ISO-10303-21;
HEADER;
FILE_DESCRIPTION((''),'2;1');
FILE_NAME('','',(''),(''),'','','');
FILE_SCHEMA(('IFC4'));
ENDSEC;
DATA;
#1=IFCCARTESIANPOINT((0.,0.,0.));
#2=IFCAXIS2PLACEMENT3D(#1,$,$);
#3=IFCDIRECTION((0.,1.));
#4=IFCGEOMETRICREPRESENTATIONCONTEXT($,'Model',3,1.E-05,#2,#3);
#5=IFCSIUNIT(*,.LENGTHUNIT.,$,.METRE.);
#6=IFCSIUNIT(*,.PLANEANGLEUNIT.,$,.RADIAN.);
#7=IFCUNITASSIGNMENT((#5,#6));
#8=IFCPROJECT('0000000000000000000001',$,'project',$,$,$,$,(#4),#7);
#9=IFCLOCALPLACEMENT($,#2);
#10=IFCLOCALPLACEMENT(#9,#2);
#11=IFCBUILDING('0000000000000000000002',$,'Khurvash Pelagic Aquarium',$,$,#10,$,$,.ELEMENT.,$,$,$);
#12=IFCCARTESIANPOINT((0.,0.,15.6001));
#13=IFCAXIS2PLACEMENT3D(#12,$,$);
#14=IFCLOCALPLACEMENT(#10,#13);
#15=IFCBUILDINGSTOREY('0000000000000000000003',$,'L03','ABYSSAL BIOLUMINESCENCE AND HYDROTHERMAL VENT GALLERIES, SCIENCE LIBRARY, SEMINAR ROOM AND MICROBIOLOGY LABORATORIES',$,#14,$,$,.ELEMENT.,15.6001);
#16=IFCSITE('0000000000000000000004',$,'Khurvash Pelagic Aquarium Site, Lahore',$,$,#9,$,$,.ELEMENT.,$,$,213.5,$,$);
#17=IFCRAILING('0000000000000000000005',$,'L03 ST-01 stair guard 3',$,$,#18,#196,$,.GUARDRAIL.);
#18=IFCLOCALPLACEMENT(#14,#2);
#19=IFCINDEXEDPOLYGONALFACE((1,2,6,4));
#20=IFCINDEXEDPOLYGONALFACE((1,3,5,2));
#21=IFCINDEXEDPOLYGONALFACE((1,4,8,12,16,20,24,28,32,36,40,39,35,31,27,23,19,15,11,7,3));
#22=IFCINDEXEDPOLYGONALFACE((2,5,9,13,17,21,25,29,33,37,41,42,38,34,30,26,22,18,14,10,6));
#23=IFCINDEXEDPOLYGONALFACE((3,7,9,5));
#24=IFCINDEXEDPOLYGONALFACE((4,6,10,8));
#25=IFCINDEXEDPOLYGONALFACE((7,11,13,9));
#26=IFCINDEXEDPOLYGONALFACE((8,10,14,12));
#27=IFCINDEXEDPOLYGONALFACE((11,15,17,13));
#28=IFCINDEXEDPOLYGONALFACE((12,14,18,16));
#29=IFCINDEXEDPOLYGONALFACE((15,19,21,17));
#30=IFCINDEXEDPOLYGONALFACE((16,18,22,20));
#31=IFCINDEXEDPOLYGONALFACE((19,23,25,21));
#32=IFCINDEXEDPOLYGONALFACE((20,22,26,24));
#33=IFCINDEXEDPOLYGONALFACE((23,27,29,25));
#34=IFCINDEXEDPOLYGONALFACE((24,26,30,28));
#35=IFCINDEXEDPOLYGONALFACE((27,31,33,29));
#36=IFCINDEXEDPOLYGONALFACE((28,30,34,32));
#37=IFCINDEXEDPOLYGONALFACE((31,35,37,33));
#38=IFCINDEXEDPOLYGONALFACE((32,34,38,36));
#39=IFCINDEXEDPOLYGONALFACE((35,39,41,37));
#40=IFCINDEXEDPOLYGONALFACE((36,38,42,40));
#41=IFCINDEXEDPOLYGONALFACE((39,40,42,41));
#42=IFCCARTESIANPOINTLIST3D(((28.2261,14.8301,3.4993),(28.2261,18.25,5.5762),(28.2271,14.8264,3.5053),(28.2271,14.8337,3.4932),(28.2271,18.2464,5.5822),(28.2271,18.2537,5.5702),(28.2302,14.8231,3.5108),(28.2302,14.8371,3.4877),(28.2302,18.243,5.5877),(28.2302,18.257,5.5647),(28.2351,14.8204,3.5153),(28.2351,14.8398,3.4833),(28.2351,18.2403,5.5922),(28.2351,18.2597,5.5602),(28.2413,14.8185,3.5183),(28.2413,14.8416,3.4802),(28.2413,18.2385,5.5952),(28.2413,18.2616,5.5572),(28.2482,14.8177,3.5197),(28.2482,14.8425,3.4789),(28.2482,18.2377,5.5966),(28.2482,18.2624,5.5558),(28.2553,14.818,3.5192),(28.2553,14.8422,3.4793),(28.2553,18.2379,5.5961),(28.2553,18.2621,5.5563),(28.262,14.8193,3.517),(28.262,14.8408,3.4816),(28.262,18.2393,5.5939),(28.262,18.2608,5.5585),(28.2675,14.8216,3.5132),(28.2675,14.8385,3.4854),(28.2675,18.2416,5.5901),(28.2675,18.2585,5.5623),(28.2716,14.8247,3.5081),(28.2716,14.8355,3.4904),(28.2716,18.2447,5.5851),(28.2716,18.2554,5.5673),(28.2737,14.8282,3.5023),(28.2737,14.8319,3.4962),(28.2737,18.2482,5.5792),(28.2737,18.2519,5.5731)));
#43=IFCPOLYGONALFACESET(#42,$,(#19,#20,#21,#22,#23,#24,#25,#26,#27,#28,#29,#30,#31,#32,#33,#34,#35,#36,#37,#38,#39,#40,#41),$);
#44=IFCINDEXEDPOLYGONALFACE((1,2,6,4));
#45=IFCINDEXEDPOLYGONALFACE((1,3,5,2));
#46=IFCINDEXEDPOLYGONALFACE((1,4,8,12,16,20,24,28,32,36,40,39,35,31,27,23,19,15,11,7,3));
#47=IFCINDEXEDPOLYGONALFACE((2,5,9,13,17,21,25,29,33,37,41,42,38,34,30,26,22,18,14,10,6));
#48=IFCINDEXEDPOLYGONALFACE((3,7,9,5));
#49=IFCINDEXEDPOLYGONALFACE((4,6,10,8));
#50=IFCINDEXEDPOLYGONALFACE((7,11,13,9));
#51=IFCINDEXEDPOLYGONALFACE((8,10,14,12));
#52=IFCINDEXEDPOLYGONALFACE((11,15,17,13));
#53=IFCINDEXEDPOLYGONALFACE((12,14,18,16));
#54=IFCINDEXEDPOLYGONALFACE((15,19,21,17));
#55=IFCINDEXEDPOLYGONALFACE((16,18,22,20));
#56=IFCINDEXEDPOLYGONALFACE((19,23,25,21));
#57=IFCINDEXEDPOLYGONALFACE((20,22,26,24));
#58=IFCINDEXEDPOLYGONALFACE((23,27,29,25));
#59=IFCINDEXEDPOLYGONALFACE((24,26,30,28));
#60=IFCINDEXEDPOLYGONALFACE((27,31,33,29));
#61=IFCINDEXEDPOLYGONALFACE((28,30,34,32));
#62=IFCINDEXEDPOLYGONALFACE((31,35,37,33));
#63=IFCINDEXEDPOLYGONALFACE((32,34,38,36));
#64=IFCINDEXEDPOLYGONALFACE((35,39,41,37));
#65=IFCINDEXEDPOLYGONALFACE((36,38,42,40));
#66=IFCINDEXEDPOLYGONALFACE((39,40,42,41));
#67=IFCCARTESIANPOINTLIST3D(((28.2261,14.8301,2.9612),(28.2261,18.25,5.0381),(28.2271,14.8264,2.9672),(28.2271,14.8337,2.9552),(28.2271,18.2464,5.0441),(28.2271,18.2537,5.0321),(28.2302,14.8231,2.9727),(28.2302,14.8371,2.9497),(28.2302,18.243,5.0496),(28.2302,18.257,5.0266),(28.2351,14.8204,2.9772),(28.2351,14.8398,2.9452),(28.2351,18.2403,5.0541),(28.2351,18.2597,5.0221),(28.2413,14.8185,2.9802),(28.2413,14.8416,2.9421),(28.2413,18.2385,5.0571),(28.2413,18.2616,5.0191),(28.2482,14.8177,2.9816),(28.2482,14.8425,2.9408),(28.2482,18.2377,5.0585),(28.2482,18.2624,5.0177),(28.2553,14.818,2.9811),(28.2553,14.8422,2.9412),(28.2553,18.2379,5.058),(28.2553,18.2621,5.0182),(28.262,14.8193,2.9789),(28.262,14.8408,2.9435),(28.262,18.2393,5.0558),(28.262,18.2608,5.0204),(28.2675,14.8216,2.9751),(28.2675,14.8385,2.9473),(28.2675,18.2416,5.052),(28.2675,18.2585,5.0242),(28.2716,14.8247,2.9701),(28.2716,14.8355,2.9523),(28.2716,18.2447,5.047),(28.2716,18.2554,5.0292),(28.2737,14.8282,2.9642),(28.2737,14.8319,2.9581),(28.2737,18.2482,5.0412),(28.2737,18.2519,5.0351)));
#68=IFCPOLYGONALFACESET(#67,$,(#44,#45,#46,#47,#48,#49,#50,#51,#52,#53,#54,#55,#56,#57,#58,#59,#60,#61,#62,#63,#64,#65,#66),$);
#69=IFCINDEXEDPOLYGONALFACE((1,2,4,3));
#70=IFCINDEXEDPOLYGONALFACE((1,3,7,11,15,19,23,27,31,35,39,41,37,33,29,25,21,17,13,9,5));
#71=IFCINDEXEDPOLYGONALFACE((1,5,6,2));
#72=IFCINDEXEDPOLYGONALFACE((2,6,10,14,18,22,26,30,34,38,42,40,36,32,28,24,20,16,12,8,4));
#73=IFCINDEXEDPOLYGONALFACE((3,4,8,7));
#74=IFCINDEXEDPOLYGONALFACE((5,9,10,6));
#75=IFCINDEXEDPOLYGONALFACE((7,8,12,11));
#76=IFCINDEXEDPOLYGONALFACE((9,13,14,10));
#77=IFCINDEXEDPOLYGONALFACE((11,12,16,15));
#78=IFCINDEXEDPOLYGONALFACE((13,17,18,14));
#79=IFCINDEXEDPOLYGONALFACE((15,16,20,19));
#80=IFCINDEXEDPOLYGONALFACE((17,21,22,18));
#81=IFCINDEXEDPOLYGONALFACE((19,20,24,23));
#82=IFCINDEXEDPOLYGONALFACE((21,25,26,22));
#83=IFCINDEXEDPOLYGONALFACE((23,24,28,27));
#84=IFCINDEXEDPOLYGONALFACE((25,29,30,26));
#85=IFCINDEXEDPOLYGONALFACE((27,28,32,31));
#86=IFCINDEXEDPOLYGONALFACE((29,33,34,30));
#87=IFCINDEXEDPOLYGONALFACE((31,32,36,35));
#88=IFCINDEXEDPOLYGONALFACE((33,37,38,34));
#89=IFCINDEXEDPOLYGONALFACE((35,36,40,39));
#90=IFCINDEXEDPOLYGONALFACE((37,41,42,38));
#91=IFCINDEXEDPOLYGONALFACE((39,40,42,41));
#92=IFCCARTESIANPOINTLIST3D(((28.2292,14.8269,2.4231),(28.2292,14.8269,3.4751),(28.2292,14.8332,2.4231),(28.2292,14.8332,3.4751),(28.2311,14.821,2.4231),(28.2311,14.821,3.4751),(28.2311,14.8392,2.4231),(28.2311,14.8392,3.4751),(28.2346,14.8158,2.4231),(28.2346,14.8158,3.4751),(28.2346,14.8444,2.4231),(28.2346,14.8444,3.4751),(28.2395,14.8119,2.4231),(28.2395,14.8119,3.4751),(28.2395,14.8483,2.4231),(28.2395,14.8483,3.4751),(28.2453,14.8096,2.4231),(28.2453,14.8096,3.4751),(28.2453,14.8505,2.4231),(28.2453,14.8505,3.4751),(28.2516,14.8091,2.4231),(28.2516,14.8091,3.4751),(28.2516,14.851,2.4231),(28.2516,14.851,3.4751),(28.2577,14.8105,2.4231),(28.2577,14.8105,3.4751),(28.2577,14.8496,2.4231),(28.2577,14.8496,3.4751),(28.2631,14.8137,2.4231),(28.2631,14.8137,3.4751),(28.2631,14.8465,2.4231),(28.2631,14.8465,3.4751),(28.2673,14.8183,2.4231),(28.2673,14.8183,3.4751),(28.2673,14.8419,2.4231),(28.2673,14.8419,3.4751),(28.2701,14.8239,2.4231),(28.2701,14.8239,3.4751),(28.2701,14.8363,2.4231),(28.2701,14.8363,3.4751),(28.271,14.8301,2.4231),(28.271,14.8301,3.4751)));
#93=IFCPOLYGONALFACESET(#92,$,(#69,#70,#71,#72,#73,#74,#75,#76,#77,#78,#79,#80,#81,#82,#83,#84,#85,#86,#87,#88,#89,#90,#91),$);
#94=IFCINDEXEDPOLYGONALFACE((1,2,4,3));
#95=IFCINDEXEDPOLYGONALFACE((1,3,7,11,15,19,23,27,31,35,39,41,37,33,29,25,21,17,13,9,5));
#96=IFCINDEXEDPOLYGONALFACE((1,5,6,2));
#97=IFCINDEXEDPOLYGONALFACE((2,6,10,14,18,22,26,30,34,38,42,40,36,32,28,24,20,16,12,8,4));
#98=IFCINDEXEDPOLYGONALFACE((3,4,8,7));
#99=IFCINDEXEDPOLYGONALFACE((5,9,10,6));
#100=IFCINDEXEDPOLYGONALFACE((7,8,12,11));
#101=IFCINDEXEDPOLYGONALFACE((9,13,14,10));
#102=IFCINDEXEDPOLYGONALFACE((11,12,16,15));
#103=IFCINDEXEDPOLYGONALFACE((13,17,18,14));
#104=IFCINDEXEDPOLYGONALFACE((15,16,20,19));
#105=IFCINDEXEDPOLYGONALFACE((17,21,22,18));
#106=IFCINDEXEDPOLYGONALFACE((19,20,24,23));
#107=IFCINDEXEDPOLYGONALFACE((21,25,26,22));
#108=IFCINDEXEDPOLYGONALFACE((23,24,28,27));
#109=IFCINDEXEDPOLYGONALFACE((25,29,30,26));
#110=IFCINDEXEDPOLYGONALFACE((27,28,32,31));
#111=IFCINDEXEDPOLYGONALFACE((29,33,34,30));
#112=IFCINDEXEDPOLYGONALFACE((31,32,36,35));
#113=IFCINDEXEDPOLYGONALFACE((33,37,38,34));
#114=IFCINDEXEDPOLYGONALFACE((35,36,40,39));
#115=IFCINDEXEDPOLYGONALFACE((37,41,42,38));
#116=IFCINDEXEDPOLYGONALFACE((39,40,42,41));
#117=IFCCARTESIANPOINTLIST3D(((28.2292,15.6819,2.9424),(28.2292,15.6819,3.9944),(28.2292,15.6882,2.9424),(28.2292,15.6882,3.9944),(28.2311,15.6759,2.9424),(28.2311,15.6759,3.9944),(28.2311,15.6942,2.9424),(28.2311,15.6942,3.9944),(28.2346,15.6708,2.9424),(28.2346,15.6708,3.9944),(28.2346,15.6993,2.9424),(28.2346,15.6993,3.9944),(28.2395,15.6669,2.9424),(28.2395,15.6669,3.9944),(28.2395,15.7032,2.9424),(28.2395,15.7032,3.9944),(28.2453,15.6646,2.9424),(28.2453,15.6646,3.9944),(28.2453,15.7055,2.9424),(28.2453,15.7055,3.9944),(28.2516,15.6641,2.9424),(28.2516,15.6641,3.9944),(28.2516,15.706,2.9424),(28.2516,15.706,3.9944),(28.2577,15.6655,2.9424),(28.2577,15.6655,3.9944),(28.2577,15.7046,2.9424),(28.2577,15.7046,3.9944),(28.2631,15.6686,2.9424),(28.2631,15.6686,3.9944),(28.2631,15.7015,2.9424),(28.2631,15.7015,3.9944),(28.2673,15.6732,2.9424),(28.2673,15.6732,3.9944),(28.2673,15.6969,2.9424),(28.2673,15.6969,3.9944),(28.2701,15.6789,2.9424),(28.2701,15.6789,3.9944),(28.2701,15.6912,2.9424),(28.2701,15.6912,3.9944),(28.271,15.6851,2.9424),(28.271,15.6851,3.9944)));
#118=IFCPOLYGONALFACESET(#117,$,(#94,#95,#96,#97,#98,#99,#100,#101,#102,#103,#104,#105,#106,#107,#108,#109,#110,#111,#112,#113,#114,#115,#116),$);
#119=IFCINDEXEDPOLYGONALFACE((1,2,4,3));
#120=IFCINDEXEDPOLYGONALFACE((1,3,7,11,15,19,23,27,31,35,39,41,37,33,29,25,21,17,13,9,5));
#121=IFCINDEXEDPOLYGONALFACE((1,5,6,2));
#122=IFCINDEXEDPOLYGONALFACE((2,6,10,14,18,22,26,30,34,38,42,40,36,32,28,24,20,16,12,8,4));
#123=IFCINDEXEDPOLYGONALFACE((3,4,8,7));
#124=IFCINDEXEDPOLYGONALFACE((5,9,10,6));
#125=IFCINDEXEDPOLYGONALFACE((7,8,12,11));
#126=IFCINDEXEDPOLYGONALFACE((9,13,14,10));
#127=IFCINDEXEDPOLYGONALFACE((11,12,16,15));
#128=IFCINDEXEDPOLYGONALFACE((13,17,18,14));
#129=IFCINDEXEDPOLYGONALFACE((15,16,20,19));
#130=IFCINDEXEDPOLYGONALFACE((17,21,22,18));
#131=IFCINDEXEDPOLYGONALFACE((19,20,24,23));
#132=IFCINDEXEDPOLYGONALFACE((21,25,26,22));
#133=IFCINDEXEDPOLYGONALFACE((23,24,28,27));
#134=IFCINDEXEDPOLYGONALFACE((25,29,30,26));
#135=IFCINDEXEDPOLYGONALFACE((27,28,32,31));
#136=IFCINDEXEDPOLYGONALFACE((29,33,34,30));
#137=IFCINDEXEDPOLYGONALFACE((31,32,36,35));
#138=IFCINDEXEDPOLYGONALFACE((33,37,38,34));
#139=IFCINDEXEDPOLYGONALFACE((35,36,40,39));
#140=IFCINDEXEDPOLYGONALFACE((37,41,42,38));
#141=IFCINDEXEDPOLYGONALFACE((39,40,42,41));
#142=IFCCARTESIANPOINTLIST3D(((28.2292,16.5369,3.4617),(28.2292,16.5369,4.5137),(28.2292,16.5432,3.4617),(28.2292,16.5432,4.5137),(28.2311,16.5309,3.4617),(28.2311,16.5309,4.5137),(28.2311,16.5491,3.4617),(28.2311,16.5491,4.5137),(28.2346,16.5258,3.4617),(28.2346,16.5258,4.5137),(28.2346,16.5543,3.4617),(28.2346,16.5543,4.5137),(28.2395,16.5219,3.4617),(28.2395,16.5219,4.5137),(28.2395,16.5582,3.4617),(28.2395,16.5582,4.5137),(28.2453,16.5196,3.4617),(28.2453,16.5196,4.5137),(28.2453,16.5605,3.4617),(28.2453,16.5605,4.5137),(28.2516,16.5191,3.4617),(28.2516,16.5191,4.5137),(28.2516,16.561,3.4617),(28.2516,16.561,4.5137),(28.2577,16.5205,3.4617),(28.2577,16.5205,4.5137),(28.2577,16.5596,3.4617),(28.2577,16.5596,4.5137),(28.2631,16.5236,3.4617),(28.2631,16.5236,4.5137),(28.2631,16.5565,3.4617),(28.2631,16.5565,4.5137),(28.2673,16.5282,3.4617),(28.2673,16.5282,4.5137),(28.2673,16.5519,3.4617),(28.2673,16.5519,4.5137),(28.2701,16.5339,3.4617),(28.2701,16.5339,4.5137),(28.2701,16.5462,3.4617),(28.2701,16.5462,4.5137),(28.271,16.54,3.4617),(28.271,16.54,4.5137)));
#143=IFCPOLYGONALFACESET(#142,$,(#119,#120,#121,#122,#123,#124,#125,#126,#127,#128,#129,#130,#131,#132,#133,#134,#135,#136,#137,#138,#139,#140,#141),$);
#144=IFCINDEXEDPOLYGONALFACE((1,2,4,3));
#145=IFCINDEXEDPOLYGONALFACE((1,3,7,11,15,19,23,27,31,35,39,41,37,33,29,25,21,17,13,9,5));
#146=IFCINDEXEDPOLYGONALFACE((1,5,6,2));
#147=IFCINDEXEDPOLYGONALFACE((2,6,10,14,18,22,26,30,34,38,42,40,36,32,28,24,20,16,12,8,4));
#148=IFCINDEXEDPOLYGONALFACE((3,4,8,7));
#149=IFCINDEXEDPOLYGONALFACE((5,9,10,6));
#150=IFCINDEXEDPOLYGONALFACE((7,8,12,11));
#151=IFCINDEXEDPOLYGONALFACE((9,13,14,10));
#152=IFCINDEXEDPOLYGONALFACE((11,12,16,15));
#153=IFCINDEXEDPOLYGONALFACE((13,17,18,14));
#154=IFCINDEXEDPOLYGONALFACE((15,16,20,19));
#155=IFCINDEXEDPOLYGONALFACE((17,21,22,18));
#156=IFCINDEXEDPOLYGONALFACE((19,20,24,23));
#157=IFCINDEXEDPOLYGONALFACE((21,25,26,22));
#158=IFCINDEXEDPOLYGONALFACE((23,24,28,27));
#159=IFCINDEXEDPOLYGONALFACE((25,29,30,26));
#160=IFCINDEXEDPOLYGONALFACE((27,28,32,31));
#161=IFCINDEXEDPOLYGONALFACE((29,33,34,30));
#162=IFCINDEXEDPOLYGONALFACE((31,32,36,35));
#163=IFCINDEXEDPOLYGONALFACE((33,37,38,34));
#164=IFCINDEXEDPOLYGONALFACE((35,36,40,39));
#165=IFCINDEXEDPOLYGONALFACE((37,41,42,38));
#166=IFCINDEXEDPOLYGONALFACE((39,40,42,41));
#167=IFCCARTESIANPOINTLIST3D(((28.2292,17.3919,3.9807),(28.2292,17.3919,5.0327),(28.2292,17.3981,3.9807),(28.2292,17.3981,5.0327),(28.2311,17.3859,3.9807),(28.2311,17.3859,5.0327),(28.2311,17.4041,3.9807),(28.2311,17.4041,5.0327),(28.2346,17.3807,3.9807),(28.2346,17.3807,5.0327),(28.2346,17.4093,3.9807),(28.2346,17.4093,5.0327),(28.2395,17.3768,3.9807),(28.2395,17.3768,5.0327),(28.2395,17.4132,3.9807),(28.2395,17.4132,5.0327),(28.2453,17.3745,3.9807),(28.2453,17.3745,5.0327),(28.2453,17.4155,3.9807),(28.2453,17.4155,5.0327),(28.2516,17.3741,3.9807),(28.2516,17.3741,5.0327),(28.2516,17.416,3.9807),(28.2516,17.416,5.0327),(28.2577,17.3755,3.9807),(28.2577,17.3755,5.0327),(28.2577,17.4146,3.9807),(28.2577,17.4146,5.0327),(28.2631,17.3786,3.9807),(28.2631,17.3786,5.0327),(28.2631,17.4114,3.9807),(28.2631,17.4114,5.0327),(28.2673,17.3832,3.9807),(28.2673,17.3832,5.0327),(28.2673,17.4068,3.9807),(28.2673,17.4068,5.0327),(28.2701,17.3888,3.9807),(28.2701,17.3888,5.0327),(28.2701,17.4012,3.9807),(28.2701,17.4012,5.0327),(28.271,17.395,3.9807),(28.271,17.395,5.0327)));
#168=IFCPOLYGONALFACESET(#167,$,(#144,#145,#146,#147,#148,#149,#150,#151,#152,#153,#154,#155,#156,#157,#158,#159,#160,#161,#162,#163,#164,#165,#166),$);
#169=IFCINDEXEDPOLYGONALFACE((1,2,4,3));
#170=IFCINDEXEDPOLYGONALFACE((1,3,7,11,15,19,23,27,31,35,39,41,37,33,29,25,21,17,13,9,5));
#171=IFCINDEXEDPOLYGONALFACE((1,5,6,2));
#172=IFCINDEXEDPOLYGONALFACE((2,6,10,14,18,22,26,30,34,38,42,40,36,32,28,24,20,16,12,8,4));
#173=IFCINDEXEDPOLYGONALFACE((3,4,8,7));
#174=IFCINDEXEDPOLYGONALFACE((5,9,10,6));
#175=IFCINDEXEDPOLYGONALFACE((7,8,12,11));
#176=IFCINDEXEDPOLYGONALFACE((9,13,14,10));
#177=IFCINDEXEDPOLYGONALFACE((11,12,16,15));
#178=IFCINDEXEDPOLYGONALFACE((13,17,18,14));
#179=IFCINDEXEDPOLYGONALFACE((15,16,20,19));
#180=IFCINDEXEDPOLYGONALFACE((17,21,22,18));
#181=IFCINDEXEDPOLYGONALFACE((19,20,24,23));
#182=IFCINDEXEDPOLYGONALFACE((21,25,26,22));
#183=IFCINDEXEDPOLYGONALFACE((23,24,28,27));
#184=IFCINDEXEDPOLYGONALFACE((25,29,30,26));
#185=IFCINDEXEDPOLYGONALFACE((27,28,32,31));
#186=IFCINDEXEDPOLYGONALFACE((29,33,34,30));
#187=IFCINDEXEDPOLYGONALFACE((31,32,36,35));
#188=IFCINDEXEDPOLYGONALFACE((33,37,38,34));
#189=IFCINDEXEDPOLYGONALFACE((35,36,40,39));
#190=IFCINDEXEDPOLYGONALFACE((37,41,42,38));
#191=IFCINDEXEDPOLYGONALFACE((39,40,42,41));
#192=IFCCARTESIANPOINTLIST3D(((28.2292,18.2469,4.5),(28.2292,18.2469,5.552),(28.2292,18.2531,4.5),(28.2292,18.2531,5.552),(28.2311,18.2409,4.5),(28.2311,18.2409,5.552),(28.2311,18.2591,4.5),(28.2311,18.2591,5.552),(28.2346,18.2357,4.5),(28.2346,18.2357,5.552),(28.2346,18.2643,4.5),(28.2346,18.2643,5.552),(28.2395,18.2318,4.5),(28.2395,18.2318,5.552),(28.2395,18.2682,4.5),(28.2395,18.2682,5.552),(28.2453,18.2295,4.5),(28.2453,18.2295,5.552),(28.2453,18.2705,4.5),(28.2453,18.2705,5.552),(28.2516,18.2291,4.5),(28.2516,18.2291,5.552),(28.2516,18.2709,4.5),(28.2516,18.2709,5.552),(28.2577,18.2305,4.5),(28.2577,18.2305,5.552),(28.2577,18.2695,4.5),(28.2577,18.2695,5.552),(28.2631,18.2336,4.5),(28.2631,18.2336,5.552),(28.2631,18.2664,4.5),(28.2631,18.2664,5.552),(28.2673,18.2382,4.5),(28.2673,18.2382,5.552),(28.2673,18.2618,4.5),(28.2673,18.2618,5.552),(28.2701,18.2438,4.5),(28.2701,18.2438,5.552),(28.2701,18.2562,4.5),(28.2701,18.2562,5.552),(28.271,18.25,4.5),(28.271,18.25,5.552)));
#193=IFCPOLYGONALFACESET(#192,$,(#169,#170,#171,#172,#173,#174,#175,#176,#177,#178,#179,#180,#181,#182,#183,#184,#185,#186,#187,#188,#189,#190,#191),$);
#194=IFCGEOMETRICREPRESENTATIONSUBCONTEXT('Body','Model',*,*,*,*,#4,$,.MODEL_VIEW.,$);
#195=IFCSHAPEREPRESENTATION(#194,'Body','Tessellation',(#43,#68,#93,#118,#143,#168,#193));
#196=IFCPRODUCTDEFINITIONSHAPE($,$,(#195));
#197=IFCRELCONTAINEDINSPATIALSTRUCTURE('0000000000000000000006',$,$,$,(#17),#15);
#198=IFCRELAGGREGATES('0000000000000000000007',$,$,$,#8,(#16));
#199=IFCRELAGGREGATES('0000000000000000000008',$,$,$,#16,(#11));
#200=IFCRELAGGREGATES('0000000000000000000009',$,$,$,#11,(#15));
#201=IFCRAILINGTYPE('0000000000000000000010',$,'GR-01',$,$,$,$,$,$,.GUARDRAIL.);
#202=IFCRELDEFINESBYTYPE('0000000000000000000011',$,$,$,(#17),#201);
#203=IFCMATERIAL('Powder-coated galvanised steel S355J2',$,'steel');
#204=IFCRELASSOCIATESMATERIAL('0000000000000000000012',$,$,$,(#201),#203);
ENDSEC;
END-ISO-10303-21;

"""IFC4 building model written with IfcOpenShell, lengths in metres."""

from ifc_helpers import new_model, si_unit, direction, frame, origin, origin_2d, place, context, subcontext, project, spatial, circle, extrude, material, type_object, element, save


model = new_model("IFC4")

# Units and contexts
model_context = context("Model", 3, precision=1e-05, world=origin(), true_north=direction((0.0, 1.0)))
body_context = subcontext(model_context, "Body", "Model", "MODEL_VIEW")
ifc_project = project(units=[si_unit("LENGTHUNIT", "METRE"), si_unit("PLANEANGLEUNIT", "RADIAN")], contexts=[model_context])

# Site, building, storey
site_placement = place(None, origin())
site = spatial("IfcSite", under=ifc_project, at=site_placement, Name="Khurvash Pelagic Aquarium Site, Lahore", CompositionType="ELEMENT", RefElevation=213.5)
building_placement = place(site_placement, origin())
building = spatial("IfcBuilding", under=site, at=building_placement, Name="Khurvash Pelagic Aquarium", CompositionType="ELEMENT")
storey_placement = place(building_placement, frame((0.0, 0.0, 15.6001)))
storey = spatial("IfcBuildingStorey", under=building, at=storey_placement, Name="L03", Description="ABYSSAL BIOLUMINESCENCE AND HYDROTHERMAL VENT GALLERIES, SCIENCE LIBRARY, SEMINAR ROOM AND MICROBIOLOGY LABORATORIES", CompositionType="ELEMENT", Elevation=15.6001)

# Railing
ifc_material_1 = material(Name="Powder-coated galvanised steel S355J2", Category="steel")
railing_type_1 = type_object("IfcRailingType", Name="GR-01", PredefinedType="GUARDRAIL", material=ifc_material_1)
railing_1_placement = place(storey_placement, frame((28.25, 14.8301, 2.4231)))
element("IfcRailing", 1, at=railing_1_placement, inside=storey, type_object=railing_type_1, Name="L03 ST-01 stair guard 3", PredefinedType="GUARDRAIL", context=body_context, shape_type="SweptSolid", body=[
    extrude(circle(Radius=0.0239, at=origin_2d()), frame((0.0, 0.0, 1.0762), z_axis=(0.0, 0.85473, 0.519074), x_axis=(-1.0, 0.0, 0.0)), (0.0, 0.0, 1.0), 4.0012),
    extrude(circle(Radius=0.0239, at=origin_2d()), frame((0.0, 0.0, 0.5381), z_axis=(0.0, 0.85473, 0.519074), x_axis=(-1.0, 0.0, 0.0)), (0.0, 0.0, 1.0), 4.0012),
    extrude(circle(Radius=0.021, at=origin_2d()), origin(), (0.0, 0.0, 1.0), 1.052),
    extrude(circle(Radius=0.021, at=origin_2d()), frame((0.0, 0.855, 0.5193)), (0.0, 0.0, 1.0), 1.052),
    extrude(circle(Radius=0.021, at=origin_2d()), frame((0.0, 1.71, 1.0386)), (0.0, 0.0, 1.0), 1.052),
    extrude(circle(Radius=0.021, at=origin_2d()), frame((0.0, 2.5649, 1.5576)), (0.0, 0.0, 1.0), 1.052),
    extrude(circle(Radius=0.021, at=origin_2d()), frame((0.0, 3.4199, 2.0769)), (0.0, 0.0, 1.0), 1.052),
])

save(model, "model.ifc")
